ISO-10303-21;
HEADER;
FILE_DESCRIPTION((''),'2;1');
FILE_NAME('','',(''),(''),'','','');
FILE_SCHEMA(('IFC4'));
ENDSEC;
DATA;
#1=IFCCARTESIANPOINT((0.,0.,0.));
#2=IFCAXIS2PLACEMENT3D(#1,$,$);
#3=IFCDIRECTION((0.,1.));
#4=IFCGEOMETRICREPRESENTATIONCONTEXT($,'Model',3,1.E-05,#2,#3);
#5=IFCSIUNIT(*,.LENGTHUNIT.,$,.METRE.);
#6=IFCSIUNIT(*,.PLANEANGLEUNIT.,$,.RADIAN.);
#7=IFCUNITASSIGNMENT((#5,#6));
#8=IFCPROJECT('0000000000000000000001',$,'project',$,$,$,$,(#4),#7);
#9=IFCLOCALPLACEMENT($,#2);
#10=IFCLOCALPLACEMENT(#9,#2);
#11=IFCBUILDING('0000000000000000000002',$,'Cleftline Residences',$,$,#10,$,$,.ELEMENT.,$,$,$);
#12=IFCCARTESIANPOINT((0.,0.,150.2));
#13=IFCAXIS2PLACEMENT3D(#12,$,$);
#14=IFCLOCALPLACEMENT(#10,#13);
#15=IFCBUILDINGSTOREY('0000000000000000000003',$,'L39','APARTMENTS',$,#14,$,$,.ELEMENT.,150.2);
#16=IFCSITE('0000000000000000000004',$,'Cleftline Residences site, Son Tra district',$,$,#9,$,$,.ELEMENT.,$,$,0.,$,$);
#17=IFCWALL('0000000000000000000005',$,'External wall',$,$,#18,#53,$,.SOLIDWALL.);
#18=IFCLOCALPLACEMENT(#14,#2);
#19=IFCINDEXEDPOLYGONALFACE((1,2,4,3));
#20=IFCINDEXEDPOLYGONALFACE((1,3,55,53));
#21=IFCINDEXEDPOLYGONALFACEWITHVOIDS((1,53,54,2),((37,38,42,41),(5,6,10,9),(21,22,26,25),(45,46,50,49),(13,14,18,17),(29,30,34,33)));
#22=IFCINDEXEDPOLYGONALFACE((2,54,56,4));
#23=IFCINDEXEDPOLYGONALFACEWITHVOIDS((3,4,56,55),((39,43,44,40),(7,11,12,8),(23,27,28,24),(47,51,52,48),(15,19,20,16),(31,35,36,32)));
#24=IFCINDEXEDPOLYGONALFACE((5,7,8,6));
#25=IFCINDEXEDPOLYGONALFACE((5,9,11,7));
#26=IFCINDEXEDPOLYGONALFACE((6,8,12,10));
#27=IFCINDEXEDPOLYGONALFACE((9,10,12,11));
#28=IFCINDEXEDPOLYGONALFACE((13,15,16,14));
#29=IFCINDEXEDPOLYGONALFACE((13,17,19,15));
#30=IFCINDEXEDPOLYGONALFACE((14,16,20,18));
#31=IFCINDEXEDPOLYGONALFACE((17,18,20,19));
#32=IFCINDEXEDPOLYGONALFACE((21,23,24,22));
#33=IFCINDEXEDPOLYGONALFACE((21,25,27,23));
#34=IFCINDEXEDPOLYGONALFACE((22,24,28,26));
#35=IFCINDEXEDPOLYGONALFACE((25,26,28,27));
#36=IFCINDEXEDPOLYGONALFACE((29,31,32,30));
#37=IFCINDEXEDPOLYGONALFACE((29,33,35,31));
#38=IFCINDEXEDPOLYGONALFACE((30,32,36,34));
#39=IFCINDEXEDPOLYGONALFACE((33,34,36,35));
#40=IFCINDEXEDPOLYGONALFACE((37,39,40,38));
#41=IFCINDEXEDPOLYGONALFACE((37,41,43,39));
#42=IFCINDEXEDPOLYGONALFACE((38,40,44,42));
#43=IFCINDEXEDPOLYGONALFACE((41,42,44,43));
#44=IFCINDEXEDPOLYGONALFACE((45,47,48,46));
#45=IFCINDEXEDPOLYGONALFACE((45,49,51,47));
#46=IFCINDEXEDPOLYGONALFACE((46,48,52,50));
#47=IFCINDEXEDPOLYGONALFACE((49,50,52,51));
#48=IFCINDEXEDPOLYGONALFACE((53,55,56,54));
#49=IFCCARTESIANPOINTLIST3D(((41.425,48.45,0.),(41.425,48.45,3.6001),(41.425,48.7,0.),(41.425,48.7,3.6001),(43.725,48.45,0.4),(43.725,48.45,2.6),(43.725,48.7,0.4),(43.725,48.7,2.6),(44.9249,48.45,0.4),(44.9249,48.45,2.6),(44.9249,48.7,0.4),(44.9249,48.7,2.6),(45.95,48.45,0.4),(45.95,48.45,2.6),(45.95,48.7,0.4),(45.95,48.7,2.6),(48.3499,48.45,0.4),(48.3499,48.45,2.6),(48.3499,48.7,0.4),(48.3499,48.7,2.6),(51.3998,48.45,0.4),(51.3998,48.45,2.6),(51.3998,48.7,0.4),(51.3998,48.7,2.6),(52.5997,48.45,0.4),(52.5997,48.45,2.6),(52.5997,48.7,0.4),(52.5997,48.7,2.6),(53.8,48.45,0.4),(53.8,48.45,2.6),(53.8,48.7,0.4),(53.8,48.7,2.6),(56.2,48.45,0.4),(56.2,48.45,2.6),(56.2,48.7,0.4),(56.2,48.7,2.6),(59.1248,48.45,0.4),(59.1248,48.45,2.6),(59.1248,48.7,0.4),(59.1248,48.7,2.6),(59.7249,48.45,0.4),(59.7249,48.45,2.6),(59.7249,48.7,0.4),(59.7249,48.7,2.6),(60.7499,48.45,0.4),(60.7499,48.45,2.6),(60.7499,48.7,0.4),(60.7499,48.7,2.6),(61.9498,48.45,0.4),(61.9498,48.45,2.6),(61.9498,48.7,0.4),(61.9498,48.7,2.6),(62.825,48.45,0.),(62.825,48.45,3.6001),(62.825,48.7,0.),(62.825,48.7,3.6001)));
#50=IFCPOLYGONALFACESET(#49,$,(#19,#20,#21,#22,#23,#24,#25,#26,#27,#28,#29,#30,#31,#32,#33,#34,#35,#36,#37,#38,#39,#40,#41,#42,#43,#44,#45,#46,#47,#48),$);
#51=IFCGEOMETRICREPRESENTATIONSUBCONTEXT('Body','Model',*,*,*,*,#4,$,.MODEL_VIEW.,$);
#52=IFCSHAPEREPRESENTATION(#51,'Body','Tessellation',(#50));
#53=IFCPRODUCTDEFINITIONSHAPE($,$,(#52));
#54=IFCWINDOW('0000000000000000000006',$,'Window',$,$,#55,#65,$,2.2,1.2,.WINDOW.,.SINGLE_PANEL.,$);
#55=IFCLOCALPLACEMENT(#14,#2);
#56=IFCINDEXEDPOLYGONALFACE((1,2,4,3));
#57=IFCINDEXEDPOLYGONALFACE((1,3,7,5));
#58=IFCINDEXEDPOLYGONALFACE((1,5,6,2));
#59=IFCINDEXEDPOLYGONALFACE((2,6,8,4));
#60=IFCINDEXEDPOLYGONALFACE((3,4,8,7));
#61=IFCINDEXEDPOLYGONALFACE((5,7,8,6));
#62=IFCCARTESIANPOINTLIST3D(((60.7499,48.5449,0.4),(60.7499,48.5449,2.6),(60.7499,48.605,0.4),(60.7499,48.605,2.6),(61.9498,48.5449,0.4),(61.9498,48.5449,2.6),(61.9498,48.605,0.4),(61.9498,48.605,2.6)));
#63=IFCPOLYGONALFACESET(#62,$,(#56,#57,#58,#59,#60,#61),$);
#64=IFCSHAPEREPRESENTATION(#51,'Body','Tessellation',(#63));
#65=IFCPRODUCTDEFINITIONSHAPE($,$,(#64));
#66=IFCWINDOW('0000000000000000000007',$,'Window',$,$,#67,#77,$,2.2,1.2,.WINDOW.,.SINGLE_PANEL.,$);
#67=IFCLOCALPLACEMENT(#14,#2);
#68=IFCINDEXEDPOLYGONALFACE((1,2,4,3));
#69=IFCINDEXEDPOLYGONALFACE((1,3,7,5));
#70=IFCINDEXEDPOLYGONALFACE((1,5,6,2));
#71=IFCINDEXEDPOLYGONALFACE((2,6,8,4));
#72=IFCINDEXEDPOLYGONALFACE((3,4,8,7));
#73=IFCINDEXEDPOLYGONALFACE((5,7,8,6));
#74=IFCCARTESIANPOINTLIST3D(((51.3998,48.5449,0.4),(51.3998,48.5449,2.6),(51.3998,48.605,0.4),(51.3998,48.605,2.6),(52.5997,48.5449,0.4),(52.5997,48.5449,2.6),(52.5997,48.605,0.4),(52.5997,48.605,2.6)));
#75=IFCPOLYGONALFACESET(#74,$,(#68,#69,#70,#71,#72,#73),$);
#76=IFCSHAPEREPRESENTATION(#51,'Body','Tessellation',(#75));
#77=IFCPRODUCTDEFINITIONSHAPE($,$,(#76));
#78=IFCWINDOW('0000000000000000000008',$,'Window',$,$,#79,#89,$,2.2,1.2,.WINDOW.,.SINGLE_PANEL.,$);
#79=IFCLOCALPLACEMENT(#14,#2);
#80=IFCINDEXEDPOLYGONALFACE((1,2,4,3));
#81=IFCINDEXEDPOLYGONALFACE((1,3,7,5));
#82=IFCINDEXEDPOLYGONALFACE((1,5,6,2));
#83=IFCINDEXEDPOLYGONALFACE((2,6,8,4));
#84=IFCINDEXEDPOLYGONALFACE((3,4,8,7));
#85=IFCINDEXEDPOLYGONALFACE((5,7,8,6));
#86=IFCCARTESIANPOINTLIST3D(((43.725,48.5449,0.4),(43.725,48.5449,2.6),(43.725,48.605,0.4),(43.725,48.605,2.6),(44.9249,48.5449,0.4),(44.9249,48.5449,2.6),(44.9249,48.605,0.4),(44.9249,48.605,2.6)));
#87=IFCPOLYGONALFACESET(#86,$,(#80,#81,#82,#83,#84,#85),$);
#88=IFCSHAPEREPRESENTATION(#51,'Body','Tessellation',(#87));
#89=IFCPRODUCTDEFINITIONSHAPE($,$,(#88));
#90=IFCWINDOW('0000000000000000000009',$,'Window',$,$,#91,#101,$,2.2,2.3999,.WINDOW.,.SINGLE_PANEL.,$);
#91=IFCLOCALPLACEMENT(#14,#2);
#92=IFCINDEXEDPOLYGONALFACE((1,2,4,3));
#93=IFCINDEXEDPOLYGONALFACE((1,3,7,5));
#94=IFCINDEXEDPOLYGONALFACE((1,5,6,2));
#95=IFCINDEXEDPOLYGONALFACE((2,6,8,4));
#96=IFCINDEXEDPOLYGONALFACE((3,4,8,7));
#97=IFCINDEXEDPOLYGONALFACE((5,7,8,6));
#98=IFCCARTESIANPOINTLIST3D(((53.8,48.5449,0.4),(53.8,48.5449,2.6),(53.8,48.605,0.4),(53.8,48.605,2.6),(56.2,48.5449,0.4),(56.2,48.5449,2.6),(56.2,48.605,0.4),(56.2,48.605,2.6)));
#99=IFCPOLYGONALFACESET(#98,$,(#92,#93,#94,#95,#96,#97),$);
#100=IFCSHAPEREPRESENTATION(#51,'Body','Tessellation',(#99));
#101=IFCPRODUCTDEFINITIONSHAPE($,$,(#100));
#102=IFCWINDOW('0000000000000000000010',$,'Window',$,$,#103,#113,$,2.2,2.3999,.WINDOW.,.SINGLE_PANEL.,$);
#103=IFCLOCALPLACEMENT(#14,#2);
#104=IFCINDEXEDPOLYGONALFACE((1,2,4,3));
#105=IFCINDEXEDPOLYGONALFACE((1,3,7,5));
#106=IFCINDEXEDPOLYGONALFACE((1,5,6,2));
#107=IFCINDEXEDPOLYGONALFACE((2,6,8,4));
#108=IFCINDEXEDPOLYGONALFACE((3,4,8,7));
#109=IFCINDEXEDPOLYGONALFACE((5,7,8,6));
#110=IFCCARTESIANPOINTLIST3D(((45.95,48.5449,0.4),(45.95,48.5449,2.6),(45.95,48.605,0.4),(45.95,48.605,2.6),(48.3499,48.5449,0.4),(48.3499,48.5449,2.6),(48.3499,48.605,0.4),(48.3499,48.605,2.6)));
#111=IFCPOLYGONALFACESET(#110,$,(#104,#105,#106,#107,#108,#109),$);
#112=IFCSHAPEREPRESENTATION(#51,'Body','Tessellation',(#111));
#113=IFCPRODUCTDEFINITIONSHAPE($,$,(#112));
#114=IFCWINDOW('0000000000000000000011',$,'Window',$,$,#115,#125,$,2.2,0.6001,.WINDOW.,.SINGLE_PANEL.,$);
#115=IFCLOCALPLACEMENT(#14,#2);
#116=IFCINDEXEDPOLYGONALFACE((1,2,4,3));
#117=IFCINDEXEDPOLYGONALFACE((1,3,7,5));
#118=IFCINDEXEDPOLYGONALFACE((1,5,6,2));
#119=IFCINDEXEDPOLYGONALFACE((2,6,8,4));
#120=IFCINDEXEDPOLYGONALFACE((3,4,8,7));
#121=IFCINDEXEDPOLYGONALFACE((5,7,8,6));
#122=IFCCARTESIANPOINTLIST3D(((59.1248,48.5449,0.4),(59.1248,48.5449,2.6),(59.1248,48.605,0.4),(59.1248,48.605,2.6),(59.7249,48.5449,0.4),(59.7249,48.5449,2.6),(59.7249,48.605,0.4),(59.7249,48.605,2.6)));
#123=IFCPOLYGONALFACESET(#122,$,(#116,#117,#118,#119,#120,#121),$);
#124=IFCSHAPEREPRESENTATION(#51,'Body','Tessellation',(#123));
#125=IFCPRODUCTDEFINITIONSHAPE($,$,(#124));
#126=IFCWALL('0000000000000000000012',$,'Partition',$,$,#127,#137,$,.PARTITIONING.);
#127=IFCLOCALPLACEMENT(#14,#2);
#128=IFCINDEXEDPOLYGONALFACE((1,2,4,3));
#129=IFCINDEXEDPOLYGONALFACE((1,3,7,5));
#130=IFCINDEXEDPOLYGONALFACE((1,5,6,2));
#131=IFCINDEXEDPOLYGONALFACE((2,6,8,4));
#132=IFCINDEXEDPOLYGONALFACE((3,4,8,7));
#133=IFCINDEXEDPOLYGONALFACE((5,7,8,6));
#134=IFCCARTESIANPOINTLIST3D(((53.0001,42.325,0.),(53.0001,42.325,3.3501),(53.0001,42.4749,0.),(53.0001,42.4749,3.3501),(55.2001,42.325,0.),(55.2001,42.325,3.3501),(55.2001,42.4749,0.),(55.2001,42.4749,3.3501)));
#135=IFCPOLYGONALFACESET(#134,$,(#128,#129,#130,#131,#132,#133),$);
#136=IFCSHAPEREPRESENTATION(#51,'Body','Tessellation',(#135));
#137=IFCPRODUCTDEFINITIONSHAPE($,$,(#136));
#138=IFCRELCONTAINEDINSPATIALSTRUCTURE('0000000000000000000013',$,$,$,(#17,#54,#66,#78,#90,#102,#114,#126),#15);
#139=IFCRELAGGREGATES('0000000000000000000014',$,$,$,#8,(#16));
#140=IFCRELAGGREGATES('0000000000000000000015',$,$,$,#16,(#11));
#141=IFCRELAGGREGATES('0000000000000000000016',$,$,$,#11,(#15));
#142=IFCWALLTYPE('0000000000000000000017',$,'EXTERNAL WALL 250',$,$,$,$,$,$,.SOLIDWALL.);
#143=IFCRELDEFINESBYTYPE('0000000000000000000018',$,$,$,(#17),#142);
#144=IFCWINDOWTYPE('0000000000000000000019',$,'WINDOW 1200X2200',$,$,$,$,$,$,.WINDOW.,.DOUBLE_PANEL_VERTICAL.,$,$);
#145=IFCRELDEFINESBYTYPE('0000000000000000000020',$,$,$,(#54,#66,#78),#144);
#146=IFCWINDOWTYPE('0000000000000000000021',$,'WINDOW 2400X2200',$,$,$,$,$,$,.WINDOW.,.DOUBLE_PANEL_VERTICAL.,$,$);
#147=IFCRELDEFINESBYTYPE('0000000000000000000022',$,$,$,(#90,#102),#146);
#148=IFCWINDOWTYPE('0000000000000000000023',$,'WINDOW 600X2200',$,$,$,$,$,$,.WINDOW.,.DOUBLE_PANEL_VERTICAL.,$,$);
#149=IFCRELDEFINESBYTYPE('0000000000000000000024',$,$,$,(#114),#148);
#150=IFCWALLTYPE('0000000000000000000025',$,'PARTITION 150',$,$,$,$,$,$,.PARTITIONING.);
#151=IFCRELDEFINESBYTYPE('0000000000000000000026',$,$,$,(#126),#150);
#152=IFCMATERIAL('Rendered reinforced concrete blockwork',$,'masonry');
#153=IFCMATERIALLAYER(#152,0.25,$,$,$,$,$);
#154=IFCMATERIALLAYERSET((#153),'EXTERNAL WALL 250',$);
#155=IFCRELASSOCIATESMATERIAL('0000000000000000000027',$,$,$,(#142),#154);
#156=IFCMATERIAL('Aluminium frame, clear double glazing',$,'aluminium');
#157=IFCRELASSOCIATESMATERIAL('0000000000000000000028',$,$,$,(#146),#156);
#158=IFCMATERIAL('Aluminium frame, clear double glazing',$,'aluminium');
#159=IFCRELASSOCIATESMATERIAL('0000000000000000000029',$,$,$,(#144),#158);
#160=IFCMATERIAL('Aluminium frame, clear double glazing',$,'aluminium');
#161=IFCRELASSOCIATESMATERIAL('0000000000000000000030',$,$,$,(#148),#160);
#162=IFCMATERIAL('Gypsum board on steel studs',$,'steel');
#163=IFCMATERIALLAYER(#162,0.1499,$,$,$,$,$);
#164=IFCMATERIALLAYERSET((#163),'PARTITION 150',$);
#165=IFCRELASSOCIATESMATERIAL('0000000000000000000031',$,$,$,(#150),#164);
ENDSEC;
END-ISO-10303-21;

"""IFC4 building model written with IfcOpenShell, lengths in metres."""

from ifc_helpers import new_model, si_unit, direction, frame, frame_2d, origin, place, context, subcontext, project, spatial, rectangle, extrude, material, layer, layer_set, type_object, element, fill, save


model = new_model("IFC4")

# Units and contexts
model_context = context("Model", 3, precision=1e-05, world=origin(), true_north=direction((0.0, 1.0)))
body_context = subcontext(model_context, "Body", "Model", "MODEL_VIEW")
ifc_project = project(units=[si_unit("LENGTHUNIT", "METRE"), si_unit("PLANEANGLEUNIT", "RADIAN")], contexts=[model_context])

# Site, building, storey
site_placement = place(None, origin())
site = spatial("IfcSite", under=ifc_project, at=site_placement, Name="Cleftline Residences site, Son Tra district", CompositionType="ELEMENT", RefElevation=0.0)
building_placement = place(site_placement, origin())
building = spatial("IfcBuilding", under=site, at=building_placement, Name="Cleftline Residences", CompositionType="ELEMENT")
storey_placement = place(building_placement, frame((0.0, 0.0, 150.2)))
storey = spatial("IfcBuildingStorey", under=building, at=storey_placement, Name="L39", Description="APARTMENTS", CompositionType="ELEMENT", Elevation=150.2)

# Shared definitions
ifc_material_1 = material(Name="Rendered reinforced concrete blockwork", Category="masonry")
ifc_layer_1 = layer(ifc_material_1, 0.25)
ifc_layer_set_1 = layer_set([ifc_layer_1], Name="EXTERNAL WALL 250")
wall_type_1 = type_object("IfcWallType", Name="EXTERNAL WALL 250", PredefinedType="SOLIDWALL", material=ifc_layer_set_1)
ifc_material_2 = material(Name="Aluminium frame, clear double glazing", Category="aluminium")
window_type_1 = type_object("IfcWindowType", Name="WINDOW 2400X2200", PartitioningType="DOUBLE_PANEL_VERTICAL", PredefinedType="WINDOW", material=ifc_material_2)

# Wall, openings, windows
wall_1_placement = place(storey_placement, frame((62.825, 48.575, 0.0), z_axis=(0.0, 0.0, 1.0), x_axis=(-1.0, 0.0, 0.0)))
wall_1 = element("IfcWall", 1, at=wall_1_placement, inside=storey, type_object=wall_type_1, Name="External wall", PredefinedType="SOLIDWALL", context=body_context, shape_type="SweptSolid", body=[
    extrude(rectangle(XDim=21.3999, YDim=0.25, at=frame_2d((10.7, 0.0))), origin(), (0.0, 0.0, 1.0), 3.6001),
])
opening_1_placement = place(wall_1_placement, frame((0.875, 0.0, 0.3999)))
opening_1 = element("IfcOpeningElement", 2, at=opening_1_placement, cuts=wall_1, PredefinedType="OPENING", context=body_context, shape_type="SweptSolid", body=[
    extrude(rectangle(XDim=1.2, YDim=2.2, at=frame_2d((0.6001, 1.1001))), frame((0.0, 0.135, 0.0), z_axis=(0.0, -1.0, 0.0), x_axis=(1.0, 0.0, 0.0)), (0.0, 0.0, 1.0), 0.27),
])
opening_2_placement = place(wall_1_placement, frame((3.1001, 0.0, 0.3999)))
opening_2 = element("IfcOpeningElement", 3, at=opening_2_placement, cuts=wall_1, PredefinedType="OPENING", context=body_context, shape_type="SweptSolid", body=[
    extrude(rectangle(XDim=0.6001, YDim=2.2, at=frame_2d((0.3, 1.1001))), frame((0.0, 0.135, 0.0), z_axis=(0.0, -1.0, 0.0), x_axis=(1.0, 0.0, 0.0)), (0.0, 0.0, 1.0), 0.27),
])
opening_3_placement = place(wall_1_placement, frame((6.625, 0.0, 0.3999)))
opening_3 = element("IfcOpeningElement", 4, at=opening_3_placement, cuts=wall_1, PredefinedType="OPENING", context=body_context, shape_type="SweptSolid", body=[
    extrude(rectangle(XDim=2.3999, YDim=2.2, at=frame_2d((1.2, 1.1001))), frame((0.0, 0.135, 0.0), z_axis=(0.0, -1.0, 0.0), x_axis=(1.0, 0.0, 0.0)), (0.0, 0.0, 1.0), 0.27),
])
opening_4_placement = place(wall_1_placement, frame((10.2251, 0.0, 0.3999)))
opening_4 = element("IfcOpeningElement", 5, at=opening_4_placement, cuts=wall_1, PredefinedType="OPENING", context=body_context, shape_type="SweptSolid", body=[
    extrude(rectangle(XDim=1.2, YDim=2.2, at=frame_2d((0.6001, 1.1001))), frame((0.0, 0.135, 0.0), z_axis=(0.0, -1.0, 0.0), x_axis=(1.0, 0.0, 0.0)), (0.0, 0.0, 1.0), 0.27),
])
opening_5_placement = place(wall_1_placement, frame((14.4751, 0.0, 0.3999)))
opening_5 = element("IfcOpeningElement", 6, at=opening_5_placement, cuts=wall_1, PredefinedType="OPENING", context=body_context, shape_type="SweptSolid", body=[
    extrude(rectangle(XDim=2.3999, YDim=2.2, at=frame_2d((1.2, 1.1001))), frame((0.0, 0.135, 0.0), z_axis=(0.0, -1.0, 0.0), x_axis=(1.0, 0.0, 0.0)), (0.0, 0.0, 1.0), 0.27),
])
opening_6_placement = place(wall_1_placement, frame((17.8999, 0.0, 0.3999)))
opening_6 = element("IfcOpeningElement", 7, at=opening_6_placement, cuts=wall_1, PredefinedType="OPENING", context=body_context, shape_type="SweptSolid", body=[
    extrude(rectangle(XDim=1.2, YDim=2.2, at=frame_2d((0.6001, 1.1001))), frame((0.0, 0.135, 0.0), z_axis=(0.0, -1.0, 0.0), x_axis=(1.0, 0.0, 0.0)), (0.0, 0.0, 1.0), 0.27),
])
ifc_material_3 = material(Name="Aluminium frame, clear double glazing", Category="aluminium")
window_type_2 = type_object("IfcWindowType", Name="WINDOW 1200X2200", PartitioningType="DOUBLE_PANEL_VERTICAL", PredefinedType="WINDOW", material=ifc_material_3)
window_1_placement = place(opening_1_placement, origin())
window_1 = element("IfcWindow", 8, at=window_1_placement, inside=storey, type_object=window_type_2, Name="Window", OverallHeight=2.2, OverallWidth=1.2, PartitioningType="SINGLE_PANEL", PredefinedType="WINDOW", context=body_context, shape_type="SweptSolid", body=[
    extrude(rectangle(XDim=1.2, YDim=2.2, at=frame_2d((0.6001, 1.1001))), frame((0.0, 0.03, 0.0), z_axis=(0.0, -1.0, 0.0), x_axis=(1.0, 0.0, 0.0)), (0.0, 0.0, 1.0), 0.0601),
])
fill(opening_1, window_1)
window_2_placement = place(opening_4_placement, origin())
window_2 = element("IfcWindow", 9, at=window_2_placement, inside=storey, type_object=window_type_2, Name="Window", OverallHeight=2.2, OverallWidth=1.2, PartitioningType="SINGLE_PANEL", PredefinedType="WINDOW", context=body_context, shape_type="SweptSolid", body=[
    extrude(rectangle(XDim=1.2, YDim=2.2, at=frame_2d((0.6001, 1.1001))), frame((0.0, 0.03, 0.0), z_axis=(0.0, -1.0, 0.0), x_axis=(1.0, 0.0, 0.0)), (0.0, 0.0, 1.0), 0.0601),
])
fill(opening_4, window_2)
window_3_placement = place(opening_6_placement, origin())
window_3 = element("IfcWindow", 10, at=window_3_placement, inside=storey, type_object=window_type_2, Name="Window", OverallHeight=2.2, OverallWidth=1.2, PartitioningType="SINGLE_PANEL", PredefinedType="WINDOW", context=body_context, shape_type="SweptSolid", body=[
    extrude(rectangle(XDim=1.2, YDim=2.2, at=frame_2d((0.6001, 1.1001))), frame((0.0, 0.03, 0.0), z_axis=(0.0, -1.0, 0.0), x_axis=(1.0, 0.0, 0.0)), (0.0, 0.0, 1.0), 0.0601),
])
fill(opening_6, window_3)
window_4_placement = place(opening_3_placement, origin())
window_4 = element("IfcWindow", 11, at=window_4_placement, inside=storey, type_object=window_type_1, Name="Window", OverallHeight=2.2, OverallWidth=2.3999, PartitioningType="SINGLE_PANEL", PredefinedType="WINDOW", context=body_context, shape_type="SweptSolid", body=[
    extrude(rectangle(XDim=2.3999, YDim=2.2, at=frame_2d((1.2, 1.1001))), frame((0.0, 0.03, 0.0), z_axis=(0.0, -1.0, 0.0), x_axis=(1.0, 0.0, 0.0)), (0.0, 0.0, 1.0), 0.0601),
])
fill(opening_3, window_4)
window_5_placement = place(opening_5_placement, origin())
window_5 = element("IfcWindow", 12, at=window_5_placement, inside=storey, type_object=window_type_1, Name="Window", OverallHeight=2.2, OverallWidth=2.3999, PartitioningType="SINGLE_PANEL", PredefinedType="WINDOW", context=body_context, shape_type="SweptSolid", body=[
    extrude(rectangle(XDim=2.3999, YDim=2.2, at=frame_2d((1.2, 1.1001))), frame((0.0, 0.03, 0.0), z_axis=(0.0, -1.0, 0.0), x_axis=(1.0, 0.0, 0.0)), (0.0, 0.0, 1.0), 0.0601),
])
fill(opening_5, window_5)
ifc_material_4 = material(Name="Aluminium frame, clear double glazing", Category="aluminium")
window_type_3 = type_object("IfcWindowType", Name="WINDOW 600X2200", PartitioningType="DOUBLE_PANEL_VERTICAL", PredefinedType="WINDOW", material=ifc_material_4)
window_6_placement = place(opening_2_placement, origin())
window_6 = element("IfcWindow", 13, at=window_6_placement, inside=storey, type_object=window_type_3, Name="Window", OverallHeight=2.2, OverallWidth=0.6001, PartitioningType="SINGLE_PANEL", PredefinedType="WINDOW", context=body_context, shape_type="SweptSolid", body=[
    extrude(rectangle(XDim=0.6001, YDim=2.2, at=frame_2d((0.3, 1.1001))), frame((0.0, 0.03, 0.0), z_axis=(0.0, -1.0, 0.0), x_axis=(1.0, 0.0, 0.0)), (0.0, 0.0, 1.0), 0.0601),
])
fill(opening_2, window_6)

# Wall
ifc_material_5 = material(Name="Gypsum board on steel studs", Category="steel")
ifc_layer_2 = layer(ifc_material_5, 0.1499)
ifc_layer_set_2 = layer_set([ifc_layer_2], Name="PARTITION 150")
wall_type_2 = type_object("IfcWallType", Name="PARTITION 150", PredefinedType="PARTITIONING", material=ifc_layer_set_2)
wall_2_placement = place(storey_placement, frame((53.0, 42.3999, 0.0), z_axis=(0.0, 0.0, 1.0), x_axis=(1.0, 0.0, 0.0)))
element("IfcWall", 14, at=wall_2_placement, inside=storey, type_object=wall_type_2, Name="Partition", PredefinedType="PARTITIONING", context=body_context, shape_type="SweptSolid", body=[
    extrude(rectangle(XDim=2.2, YDim=0.1499, at=frame_2d((1.1001, 0.0))), origin(), (0.0, 0.0, 1.0), 3.3501),
])

save(model, "model.ifc")
